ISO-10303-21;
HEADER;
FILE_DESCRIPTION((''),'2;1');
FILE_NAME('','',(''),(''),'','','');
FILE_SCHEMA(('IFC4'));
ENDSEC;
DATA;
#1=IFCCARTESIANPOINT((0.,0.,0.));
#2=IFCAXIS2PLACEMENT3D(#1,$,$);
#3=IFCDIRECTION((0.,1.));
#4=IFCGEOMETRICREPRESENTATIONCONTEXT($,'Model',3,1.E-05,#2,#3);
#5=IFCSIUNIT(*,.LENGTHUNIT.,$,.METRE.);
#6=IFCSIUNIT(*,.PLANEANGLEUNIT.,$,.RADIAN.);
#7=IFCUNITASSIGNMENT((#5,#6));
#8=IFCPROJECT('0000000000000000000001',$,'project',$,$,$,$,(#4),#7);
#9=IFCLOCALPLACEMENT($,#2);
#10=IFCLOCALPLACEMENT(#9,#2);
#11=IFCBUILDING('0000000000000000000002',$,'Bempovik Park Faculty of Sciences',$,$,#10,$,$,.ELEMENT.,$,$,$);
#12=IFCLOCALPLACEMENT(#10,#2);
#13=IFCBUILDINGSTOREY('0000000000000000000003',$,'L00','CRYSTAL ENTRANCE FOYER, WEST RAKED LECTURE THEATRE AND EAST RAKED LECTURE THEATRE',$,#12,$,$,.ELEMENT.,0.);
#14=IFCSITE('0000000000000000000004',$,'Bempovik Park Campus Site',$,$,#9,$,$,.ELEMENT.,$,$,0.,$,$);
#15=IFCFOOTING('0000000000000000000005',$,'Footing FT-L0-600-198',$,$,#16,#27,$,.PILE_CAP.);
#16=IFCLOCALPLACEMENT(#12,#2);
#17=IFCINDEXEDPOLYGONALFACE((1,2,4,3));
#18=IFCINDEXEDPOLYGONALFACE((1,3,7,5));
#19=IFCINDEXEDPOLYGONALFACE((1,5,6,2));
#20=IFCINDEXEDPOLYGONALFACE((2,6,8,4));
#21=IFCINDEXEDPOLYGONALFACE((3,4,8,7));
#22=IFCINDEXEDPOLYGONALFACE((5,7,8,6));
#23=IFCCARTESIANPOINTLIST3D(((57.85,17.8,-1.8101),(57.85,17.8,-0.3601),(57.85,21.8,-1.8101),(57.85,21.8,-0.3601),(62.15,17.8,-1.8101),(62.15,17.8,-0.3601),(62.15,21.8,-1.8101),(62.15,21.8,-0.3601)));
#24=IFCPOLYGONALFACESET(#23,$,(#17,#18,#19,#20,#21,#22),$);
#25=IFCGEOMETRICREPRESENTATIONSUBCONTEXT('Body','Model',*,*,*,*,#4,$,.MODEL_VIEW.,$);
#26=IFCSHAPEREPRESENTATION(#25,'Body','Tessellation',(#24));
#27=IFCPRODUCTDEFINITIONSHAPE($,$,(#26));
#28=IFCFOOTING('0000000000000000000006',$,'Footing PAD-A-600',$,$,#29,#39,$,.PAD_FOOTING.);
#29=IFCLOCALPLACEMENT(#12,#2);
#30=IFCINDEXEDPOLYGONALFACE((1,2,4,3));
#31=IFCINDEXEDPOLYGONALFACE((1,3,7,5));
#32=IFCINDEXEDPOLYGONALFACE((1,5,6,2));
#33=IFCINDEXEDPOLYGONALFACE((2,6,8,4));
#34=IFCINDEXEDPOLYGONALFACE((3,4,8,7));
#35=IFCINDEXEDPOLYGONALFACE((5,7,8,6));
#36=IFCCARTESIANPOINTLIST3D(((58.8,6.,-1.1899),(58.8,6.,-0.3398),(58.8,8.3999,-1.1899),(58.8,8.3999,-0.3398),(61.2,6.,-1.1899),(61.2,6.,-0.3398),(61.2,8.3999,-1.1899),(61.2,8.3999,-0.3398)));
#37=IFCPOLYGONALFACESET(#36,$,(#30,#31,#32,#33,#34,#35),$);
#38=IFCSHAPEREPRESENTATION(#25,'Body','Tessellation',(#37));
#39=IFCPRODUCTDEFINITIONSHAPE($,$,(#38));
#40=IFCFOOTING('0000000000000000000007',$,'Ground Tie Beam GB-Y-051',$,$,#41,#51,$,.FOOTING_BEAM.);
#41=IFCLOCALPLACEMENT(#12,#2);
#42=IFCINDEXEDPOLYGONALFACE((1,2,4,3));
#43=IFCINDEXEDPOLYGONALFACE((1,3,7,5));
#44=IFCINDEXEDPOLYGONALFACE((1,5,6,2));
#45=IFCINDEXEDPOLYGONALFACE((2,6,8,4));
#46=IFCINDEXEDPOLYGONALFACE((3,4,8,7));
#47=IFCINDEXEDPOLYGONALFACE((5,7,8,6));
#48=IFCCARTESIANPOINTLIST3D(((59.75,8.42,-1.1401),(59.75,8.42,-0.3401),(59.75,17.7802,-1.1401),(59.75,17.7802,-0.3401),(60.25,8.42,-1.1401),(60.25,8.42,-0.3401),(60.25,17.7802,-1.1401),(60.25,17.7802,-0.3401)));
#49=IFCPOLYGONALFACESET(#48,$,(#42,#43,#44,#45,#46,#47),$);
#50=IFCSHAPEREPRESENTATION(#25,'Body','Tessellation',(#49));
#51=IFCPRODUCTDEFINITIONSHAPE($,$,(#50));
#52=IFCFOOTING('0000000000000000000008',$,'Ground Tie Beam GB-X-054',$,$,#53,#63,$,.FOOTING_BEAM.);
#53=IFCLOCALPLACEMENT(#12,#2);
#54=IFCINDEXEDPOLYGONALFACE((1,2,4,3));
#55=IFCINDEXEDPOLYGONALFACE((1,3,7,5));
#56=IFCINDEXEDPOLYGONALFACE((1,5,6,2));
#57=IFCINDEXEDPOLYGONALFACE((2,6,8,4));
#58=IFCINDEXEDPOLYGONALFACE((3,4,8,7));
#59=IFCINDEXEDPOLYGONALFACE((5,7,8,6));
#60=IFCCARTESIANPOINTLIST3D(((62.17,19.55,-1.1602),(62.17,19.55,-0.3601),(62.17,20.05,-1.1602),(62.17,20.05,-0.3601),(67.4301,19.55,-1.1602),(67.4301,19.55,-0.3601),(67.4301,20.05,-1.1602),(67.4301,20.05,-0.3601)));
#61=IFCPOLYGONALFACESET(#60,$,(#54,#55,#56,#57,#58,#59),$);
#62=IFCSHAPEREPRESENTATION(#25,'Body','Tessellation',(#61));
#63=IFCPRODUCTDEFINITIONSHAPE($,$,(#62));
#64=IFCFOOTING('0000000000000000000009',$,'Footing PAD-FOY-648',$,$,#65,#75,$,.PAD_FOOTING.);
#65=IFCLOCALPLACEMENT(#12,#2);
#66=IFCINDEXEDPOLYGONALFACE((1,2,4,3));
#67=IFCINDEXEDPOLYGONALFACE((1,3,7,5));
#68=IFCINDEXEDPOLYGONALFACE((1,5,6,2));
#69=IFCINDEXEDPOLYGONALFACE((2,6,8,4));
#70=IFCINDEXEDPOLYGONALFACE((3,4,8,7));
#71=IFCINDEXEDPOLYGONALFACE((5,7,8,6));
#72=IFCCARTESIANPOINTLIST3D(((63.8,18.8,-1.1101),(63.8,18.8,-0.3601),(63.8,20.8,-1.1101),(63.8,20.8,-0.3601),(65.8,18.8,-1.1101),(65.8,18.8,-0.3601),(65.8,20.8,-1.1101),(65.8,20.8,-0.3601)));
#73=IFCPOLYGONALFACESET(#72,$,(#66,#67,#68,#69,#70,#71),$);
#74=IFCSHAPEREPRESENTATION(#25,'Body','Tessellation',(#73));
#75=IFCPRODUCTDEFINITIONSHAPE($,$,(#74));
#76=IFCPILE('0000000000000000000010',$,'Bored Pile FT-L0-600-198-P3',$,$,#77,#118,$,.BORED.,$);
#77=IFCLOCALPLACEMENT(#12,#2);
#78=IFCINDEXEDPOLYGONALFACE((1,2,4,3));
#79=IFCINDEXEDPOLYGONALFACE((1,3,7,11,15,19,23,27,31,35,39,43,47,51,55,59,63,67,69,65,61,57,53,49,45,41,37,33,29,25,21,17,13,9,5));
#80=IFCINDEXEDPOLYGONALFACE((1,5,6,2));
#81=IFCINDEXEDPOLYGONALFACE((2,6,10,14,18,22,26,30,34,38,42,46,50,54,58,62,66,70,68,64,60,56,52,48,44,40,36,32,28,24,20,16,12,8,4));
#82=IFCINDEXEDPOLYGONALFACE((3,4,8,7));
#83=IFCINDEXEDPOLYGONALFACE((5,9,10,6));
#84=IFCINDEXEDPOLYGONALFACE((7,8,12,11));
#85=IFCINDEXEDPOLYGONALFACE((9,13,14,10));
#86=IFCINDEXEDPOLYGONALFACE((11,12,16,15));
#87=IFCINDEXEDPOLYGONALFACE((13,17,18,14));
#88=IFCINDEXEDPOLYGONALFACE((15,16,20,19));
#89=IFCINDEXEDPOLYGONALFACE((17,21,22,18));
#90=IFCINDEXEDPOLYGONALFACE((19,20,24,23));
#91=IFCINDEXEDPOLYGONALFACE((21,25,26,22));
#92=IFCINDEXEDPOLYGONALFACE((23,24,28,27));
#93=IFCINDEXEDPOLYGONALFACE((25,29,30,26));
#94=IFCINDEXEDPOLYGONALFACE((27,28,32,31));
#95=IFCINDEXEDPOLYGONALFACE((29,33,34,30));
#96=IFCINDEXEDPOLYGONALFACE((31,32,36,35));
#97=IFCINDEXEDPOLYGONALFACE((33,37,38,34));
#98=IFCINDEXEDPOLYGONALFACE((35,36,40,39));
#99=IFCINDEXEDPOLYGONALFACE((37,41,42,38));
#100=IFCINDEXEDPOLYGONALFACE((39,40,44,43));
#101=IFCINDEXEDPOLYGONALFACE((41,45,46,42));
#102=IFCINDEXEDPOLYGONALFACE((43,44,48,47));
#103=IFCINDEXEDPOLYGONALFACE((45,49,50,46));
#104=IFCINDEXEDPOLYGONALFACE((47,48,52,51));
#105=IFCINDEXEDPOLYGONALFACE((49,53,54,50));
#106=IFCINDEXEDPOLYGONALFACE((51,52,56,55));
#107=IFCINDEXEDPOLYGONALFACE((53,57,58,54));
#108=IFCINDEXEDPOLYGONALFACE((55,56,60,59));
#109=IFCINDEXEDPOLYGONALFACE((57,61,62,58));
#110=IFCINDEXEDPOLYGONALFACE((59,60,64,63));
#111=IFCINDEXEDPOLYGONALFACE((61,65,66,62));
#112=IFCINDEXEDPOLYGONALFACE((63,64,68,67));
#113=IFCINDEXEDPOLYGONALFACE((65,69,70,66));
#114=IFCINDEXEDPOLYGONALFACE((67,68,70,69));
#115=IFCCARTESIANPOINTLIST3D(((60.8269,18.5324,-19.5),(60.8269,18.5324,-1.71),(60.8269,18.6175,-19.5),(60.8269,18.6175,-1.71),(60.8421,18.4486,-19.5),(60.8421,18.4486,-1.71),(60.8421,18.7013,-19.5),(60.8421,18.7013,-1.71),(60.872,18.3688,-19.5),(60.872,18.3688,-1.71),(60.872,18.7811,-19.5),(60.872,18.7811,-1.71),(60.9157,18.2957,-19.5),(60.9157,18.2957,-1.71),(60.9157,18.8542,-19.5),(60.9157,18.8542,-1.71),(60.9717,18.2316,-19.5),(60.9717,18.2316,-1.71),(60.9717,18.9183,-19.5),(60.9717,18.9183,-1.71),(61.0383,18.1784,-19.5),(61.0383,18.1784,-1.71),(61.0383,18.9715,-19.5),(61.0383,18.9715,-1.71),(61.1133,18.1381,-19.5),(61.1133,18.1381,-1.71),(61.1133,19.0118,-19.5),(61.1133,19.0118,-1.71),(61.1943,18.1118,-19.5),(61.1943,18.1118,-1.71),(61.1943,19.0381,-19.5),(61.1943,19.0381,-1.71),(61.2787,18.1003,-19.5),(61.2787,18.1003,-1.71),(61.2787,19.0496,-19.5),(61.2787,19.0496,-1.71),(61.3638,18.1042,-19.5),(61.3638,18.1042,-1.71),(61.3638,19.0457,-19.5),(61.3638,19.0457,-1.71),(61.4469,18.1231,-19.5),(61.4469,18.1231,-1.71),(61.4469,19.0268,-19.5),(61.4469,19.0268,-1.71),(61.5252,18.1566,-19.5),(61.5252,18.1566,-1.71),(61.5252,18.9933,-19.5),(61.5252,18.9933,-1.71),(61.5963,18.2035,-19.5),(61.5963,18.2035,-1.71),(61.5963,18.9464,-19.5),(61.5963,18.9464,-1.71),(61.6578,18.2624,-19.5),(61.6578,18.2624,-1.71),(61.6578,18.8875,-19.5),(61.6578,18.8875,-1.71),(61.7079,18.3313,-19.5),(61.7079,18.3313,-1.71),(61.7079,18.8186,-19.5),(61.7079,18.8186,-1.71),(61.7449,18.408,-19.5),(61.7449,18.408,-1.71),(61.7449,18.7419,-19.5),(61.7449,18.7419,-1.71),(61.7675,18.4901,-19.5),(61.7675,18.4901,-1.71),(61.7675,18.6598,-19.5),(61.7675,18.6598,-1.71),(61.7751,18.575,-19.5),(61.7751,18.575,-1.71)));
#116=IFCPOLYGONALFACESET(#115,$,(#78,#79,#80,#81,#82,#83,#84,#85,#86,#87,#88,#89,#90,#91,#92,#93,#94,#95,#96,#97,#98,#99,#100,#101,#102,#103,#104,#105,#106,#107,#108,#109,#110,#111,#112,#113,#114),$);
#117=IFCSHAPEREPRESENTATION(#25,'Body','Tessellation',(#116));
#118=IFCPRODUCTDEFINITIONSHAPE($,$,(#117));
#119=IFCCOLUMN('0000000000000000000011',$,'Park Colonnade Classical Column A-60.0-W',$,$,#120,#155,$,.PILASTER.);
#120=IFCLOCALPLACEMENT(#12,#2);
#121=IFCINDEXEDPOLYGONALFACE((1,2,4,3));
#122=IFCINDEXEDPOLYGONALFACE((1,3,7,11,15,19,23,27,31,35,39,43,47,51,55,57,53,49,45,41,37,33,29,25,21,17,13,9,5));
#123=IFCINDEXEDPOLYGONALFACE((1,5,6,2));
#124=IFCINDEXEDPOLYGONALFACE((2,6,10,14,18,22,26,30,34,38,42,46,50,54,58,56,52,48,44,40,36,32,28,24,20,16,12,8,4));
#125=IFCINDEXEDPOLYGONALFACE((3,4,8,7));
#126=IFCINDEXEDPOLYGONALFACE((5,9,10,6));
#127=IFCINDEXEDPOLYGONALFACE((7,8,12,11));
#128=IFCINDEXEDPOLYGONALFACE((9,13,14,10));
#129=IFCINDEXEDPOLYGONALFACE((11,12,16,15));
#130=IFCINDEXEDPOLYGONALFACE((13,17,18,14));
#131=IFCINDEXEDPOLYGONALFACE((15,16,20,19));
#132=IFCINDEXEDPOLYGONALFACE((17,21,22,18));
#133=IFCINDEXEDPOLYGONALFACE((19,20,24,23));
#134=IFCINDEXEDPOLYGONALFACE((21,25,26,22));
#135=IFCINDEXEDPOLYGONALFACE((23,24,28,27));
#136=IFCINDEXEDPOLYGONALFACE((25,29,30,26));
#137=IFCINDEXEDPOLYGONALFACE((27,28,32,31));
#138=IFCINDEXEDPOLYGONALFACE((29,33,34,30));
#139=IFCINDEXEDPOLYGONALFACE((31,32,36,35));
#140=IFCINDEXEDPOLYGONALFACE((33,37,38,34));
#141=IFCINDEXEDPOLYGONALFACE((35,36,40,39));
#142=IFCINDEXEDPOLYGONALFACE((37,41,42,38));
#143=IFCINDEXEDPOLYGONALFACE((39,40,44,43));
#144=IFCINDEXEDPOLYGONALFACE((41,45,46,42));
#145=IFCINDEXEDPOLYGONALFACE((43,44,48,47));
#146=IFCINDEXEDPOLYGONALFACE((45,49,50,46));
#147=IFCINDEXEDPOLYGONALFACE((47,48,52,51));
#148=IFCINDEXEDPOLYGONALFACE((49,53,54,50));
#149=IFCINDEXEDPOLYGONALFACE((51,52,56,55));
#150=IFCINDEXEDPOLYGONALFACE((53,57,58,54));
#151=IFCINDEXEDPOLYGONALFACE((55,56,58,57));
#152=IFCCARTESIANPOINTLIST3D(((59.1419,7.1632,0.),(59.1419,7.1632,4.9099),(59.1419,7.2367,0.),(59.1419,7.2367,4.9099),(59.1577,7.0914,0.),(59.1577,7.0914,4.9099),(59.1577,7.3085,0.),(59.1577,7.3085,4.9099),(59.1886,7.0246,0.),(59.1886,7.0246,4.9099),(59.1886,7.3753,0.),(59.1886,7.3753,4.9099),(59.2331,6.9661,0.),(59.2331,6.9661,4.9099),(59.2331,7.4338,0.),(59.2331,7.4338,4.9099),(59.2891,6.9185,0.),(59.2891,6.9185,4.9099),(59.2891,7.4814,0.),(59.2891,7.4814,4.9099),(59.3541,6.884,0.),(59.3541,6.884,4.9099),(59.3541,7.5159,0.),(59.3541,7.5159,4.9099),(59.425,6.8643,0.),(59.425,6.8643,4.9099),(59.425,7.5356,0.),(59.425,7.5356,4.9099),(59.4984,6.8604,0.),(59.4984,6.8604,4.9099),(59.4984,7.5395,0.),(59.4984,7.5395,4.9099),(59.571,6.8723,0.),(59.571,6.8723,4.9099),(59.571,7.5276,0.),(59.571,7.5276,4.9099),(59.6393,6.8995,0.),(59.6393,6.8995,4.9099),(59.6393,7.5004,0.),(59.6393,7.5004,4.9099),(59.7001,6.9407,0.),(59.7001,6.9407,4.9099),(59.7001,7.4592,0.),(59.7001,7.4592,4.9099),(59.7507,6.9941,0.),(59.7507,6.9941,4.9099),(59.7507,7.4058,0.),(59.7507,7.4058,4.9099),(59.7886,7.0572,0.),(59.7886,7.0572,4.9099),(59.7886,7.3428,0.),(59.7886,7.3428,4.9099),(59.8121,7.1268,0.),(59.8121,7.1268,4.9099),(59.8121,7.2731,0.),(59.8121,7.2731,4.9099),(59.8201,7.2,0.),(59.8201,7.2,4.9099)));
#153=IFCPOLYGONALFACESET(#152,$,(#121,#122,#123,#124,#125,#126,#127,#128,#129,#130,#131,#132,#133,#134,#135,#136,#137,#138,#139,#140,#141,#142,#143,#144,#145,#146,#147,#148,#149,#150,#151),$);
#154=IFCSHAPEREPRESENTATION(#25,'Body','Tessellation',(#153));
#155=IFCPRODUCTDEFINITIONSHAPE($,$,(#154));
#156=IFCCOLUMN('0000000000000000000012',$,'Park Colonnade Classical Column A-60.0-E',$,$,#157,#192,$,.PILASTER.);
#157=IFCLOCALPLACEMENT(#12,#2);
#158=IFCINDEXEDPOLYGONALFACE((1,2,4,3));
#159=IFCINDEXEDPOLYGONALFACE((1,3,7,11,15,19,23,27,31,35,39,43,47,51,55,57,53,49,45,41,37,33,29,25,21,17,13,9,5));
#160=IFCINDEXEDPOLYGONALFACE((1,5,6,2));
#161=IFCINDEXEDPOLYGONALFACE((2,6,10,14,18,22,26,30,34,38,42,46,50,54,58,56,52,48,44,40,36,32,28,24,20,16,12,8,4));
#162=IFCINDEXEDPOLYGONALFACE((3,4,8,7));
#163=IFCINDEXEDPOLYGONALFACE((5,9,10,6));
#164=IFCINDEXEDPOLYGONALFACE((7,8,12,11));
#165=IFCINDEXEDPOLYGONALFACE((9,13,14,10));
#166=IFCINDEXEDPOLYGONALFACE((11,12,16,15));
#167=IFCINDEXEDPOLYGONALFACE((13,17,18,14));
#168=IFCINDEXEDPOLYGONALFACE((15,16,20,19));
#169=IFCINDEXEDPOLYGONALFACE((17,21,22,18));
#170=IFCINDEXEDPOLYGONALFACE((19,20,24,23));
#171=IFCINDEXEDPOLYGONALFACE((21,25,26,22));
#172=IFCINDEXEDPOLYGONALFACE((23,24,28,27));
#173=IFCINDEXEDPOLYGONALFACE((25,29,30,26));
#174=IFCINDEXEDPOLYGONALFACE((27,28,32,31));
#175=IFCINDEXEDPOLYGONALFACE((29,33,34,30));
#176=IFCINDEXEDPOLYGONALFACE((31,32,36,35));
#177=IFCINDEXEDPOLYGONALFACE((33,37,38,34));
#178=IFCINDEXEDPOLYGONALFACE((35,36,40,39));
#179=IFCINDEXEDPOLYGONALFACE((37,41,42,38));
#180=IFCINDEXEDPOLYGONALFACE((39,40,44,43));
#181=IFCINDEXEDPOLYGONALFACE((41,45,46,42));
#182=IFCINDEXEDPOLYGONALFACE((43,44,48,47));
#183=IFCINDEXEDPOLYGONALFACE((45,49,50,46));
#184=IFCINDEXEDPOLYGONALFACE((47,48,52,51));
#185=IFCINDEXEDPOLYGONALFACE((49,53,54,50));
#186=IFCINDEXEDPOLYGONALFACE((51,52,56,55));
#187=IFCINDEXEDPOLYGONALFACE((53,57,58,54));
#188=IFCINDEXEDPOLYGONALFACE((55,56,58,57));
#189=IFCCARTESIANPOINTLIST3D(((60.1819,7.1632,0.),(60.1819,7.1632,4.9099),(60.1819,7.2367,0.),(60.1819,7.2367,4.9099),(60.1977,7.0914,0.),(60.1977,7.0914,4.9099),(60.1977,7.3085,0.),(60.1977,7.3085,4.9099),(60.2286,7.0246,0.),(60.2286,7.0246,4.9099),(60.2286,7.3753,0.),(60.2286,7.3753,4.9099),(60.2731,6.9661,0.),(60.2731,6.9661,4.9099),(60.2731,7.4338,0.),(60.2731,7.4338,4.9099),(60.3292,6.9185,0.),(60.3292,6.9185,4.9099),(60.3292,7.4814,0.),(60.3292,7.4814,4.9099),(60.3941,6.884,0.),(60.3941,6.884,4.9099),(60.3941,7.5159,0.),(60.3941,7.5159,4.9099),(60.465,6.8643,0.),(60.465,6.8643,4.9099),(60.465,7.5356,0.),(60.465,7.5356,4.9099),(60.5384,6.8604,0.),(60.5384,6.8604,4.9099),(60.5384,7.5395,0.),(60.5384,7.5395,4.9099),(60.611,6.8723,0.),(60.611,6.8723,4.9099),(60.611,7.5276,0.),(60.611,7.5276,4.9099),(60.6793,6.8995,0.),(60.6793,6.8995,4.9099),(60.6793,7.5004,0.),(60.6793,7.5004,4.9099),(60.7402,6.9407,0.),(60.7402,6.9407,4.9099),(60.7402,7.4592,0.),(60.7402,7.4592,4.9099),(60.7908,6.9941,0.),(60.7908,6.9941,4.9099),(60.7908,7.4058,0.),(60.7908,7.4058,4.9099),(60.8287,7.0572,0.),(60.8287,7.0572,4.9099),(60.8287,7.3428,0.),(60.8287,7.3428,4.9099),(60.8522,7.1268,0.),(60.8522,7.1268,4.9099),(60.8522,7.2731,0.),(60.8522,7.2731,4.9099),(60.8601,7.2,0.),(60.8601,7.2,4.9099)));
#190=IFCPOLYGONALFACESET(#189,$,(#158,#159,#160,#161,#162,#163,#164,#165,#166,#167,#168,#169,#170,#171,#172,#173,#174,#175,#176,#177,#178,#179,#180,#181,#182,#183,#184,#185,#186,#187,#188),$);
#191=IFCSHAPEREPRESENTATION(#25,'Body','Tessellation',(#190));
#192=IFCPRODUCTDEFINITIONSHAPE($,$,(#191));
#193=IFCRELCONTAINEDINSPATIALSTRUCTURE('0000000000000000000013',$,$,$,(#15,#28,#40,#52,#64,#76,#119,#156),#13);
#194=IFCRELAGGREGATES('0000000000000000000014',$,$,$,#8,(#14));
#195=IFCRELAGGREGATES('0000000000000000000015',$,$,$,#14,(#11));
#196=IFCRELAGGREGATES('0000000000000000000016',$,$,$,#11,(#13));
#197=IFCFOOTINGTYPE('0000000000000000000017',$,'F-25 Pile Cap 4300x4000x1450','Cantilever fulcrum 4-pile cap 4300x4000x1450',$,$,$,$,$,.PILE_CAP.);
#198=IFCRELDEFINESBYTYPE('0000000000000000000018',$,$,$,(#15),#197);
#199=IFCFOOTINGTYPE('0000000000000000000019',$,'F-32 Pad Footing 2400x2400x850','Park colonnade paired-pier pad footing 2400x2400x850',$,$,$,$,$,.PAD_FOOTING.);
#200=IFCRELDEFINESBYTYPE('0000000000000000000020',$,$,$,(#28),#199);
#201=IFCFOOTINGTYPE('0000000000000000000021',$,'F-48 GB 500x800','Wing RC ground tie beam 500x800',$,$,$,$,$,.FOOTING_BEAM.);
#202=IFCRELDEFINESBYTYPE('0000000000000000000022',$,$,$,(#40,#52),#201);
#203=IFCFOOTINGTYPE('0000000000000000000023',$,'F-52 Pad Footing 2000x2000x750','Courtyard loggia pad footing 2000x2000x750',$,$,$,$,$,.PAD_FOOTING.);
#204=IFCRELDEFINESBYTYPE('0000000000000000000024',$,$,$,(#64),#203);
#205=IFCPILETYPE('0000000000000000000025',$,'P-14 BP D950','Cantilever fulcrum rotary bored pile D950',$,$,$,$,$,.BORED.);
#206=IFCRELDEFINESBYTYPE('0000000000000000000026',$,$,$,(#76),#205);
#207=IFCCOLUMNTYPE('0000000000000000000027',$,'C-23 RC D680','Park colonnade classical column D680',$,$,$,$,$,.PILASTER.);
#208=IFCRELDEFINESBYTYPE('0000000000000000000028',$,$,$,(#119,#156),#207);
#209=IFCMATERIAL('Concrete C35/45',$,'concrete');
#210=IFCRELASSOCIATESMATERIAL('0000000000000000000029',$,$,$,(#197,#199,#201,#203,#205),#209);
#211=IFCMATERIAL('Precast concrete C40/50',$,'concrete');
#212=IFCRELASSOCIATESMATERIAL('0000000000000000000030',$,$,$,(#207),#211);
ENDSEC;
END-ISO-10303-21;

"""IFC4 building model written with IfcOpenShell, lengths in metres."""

from ifc_helpers import new_model, si_unit, direction, frame, origin, origin_2d, place, context, subcontext, project, spatial, rectangle, circle, extrude, material, material_profile, profile_set, type_object, element, save


model = new_model("IFC4")

# Units and contexts
model_context = context("Model", 3, precision=1e-05, world=origin(), true_north=direction((0.0, 1.0)))
body_context = subcontext(model_context, "Body", "Model", "MODEL_VIEW")
ifc_project = project(units=[si_unit("LENGTHUNIT", "METRE"), si_unit("PLANEANGLEUNIT", "RADIAN")], contexts=[model_context])

# Site, building, storey
site_placement = place(None, origin())
site = spatial("IfcSite", under=ifc_project, at=site_placement, Name="Bempovik Park Campus Site", CompositionType="ELEMENT", RefElevation=0.0)
building_placement = place(site_placement, origin())
building = spatial("IfcBuilding", under=site, at=building_placement, Name="Bempovik Park Faculty of Sciences", CompositionType="ELEMENT")
storey_placement = place(building_placement, origin())
storey = spatial("IfcBuildingStorey", under=building, at=storey_placement, Name="L00", Description="CRYSTAL ENTRANCE FOYER, WEST RAKED LECTURE THEATRE AND EAST RAKED LECTURE THEATRE", CompositionType="ELEMENT", Elevation=0.0)

# Footings
ifc_material_1 = material(Name="Concrete C35/45", Category="concrete")
footing_type_1 = type_object("IfcFootingType", Name="F-25 Pile Cap 4300x4000x1450", Description="Cantilever fulcrum 4-pile cap 4300x4000x1450", PredefinedType="PILE_CAP", material=ifc_material_1)
footing_1_placement = place(storey_placement, frame((60.0, 19.8, -1.8101), z_axis=(0.0, 0.0, 1.0), x_axis=(1.0, 0.0, 0.0)))
element("IfcFooting", 1, at=footing_1_placement, inside=storey, type_object=footing_type_1, Name="Footing FT-L0-600-198", PredefinedType="PILE_CAP", context=body_context, shape_type="SweptSolid", body=[
    extrude(rectangle(XDim=4.3, YDim=4.0, at=origin_2d()), origin(), (0.0, 0.0, 1.0), 1.45),
])
footing_type_2 = type_object("IfcFootingType", Name="F-32 Pad Footing 2400x2400x850", Description="Park colonnade paired-pier pad footing 2400x2400x850", PredefinedType="PAD_FOOTING", material=ifc_material_1)
footing_2_placement = place(storey_placement, frame((60.0, 7.2, -1.1899), z_axis=(0.0, 0.0, 1.0), x_axis=(1.0, 0.0, 0.0)))
element("IfcFooting", 2, at=footing_2_placement, inside=storey, type_object=footing_type_2, Name="Footing PAD-A-600", PredefinedType="PAD_FOOTING", context=body_context, shape_type="SweptSolid", body=[
    extrude(rectangle(XDim=2.3999, YDim=2.3999, at=origin_2d()), origin(), (0.0, 0.0, 1.0), 0.8501),
])
footing_type_3 = type_object("IfcFootingType", Name="F-48 GB 500x800", Description="Wing RC ground tie beam 500x800", PredefinedType="FOOTING_BEAM", material=ifc_material_1)
footing_3_placement = place(storey_placement, frame((60.0, 13.1001, -1.1401), z_axis=(0.0, 0.0, 1.0), x_axis=(1.0, 0.0, 0.0)))
element("IfcFooting", 3, at=footing_3_placement, inside=storey, type_object=footing_type_3, Name="Ground Tie Beam GB-Y-051", PredefinedType="FOOTING_BEAM", context=body_context, shape_type="SweptSolid", body=[
    extrude(rectangle(XDim=0.5, YDim=9.3601, at=origin_2d()), origin(), (0.0, 0.0, 1.0), 0.8),
])
footing_4_placement = place(storey_placement, frame((64.8, 19.8, -1.1602), z_axis=(0.0, 0.0, 1.0), x_axis=(1.0, 0.0, 0.0)))
element("IfcFooting", 4, at=footing_4_placement, inside=storey, type_object=footing_type_3, Name="Ground Tie Beam GB-X-054", PredefinedType="FOOTING_BEAM", context=body_context, shape_type="SweptSolid", body=[
    extrude(rectangle(XDim=5.26, YDim=0.5, at=origin_2d()), origin(), (0.0, 0.0, 1.0), 0.8),
])
footing_type_4 = type_object("IfcFootingType", Name="F-52 Pad Footing 2000x2000x750", Description="Courtyard loggia pad footing 2000x2000x750", PredefinedType="PAD_FOOTING", material=ifc_material_1)
footing_5_placement = place(storey_placement, frame((64.8, 19.8, -1.1101), z_axis=(0.0, 0.0, 1.0), x_axis=(1.0, 0.0, 0.0)))
element("IfcFooting", 5, at=footing_5_placement, inside=storey, type_object=footing_type_4, Name="Footing PAD-FOY-648", PredefinedType="PAD_FOOTING", context=body_context, shape_type="SweptSolid", body=[
    extrude(rectangle(XDim=2.0, YDim=2.0, at=origin_2d()), origin(), (0.0, 0.0, 1.0), 0.75),
])

# Pile
ifc_material_profile_1 = material_profile(ifc_material_1, circle(Radius=0.4751, at=origin_2d()), Name="BP D950")
ifc_profile_set_1 = profile_set([ifc_material_profile_1], Name="Concrete C35/45")
pile_type = type_object("IfcPileType", Name="P-14 BP D950", Description="Cantilever fulcrum rotary bored pile D950", PredefinedType="BORED", material=ifc_profile_set_1)
pile_placement = place(storey_placement, frame((61.3, 18.575, -1.71), z_axis=(0.0, 0.0, -1.0), x_axis=(1.0, 0.0, 0.0)))
element("IfcPile", 6, at=pile_placement, inside=storey, type_object=pile_type, Name="Bored Pile FT-L0-600-198-P3", PredefinedType="BORED", context=body_context, shape_type="SweptSolid", body=[
    extrude(circle(Radius=0.4751, at=origin_2d()), origin(), (0.0, 0.0, 1.0), 17.79),
])

# Columns
ifc_material_2 = material(Name="Precast concrete C40/50", Category="concrete")
ifc_material_profile_2 = material_profile(ifc_material_2, circle(Radius=0.3401, at=origin_2d()), Name="RC D680")
ifc_profile_set_2 = profile_set([ifc_material_profile_2], Name="Precast concrete C40/50")
column_type_1 = type_object("IfcColumnType", Name="C-23 RC D680", Description="Park colonnade classical column D680", PredefinedType="PILASTER", material=ifc_profile_set_2)
for number, where, z_axis, x_axis, name in (
    (7, (59.48, 7.2, 0.0), (0.0, 0.0, 1.0), (1.0, 0.0, 0.0), "Park Colonnade Classical Column A-60.0-W"),
    (8, (60.52, 7.2, 0.0), (0.0, 0.0, 1.0), (1.0, 0.0, 0.0), "Park Colonnade Classical Column A-60.0-E"),
):
    element("IfcColumn", number, at=place(storey_placement, frame(where, z_axis=z_axis, x_axis=x_axis)), inside=storey, type_object=column_type_1, Name=name, PredefinedType="PILASTER", context=body_context, shape_type="SweptSolid", body=[
        extrude(circle(Radius=0.3401, at=origin_2d()), origin(), (0.0, 0.0, 1.0), 4.9099),
    ])

save(model, "model.ifc")
